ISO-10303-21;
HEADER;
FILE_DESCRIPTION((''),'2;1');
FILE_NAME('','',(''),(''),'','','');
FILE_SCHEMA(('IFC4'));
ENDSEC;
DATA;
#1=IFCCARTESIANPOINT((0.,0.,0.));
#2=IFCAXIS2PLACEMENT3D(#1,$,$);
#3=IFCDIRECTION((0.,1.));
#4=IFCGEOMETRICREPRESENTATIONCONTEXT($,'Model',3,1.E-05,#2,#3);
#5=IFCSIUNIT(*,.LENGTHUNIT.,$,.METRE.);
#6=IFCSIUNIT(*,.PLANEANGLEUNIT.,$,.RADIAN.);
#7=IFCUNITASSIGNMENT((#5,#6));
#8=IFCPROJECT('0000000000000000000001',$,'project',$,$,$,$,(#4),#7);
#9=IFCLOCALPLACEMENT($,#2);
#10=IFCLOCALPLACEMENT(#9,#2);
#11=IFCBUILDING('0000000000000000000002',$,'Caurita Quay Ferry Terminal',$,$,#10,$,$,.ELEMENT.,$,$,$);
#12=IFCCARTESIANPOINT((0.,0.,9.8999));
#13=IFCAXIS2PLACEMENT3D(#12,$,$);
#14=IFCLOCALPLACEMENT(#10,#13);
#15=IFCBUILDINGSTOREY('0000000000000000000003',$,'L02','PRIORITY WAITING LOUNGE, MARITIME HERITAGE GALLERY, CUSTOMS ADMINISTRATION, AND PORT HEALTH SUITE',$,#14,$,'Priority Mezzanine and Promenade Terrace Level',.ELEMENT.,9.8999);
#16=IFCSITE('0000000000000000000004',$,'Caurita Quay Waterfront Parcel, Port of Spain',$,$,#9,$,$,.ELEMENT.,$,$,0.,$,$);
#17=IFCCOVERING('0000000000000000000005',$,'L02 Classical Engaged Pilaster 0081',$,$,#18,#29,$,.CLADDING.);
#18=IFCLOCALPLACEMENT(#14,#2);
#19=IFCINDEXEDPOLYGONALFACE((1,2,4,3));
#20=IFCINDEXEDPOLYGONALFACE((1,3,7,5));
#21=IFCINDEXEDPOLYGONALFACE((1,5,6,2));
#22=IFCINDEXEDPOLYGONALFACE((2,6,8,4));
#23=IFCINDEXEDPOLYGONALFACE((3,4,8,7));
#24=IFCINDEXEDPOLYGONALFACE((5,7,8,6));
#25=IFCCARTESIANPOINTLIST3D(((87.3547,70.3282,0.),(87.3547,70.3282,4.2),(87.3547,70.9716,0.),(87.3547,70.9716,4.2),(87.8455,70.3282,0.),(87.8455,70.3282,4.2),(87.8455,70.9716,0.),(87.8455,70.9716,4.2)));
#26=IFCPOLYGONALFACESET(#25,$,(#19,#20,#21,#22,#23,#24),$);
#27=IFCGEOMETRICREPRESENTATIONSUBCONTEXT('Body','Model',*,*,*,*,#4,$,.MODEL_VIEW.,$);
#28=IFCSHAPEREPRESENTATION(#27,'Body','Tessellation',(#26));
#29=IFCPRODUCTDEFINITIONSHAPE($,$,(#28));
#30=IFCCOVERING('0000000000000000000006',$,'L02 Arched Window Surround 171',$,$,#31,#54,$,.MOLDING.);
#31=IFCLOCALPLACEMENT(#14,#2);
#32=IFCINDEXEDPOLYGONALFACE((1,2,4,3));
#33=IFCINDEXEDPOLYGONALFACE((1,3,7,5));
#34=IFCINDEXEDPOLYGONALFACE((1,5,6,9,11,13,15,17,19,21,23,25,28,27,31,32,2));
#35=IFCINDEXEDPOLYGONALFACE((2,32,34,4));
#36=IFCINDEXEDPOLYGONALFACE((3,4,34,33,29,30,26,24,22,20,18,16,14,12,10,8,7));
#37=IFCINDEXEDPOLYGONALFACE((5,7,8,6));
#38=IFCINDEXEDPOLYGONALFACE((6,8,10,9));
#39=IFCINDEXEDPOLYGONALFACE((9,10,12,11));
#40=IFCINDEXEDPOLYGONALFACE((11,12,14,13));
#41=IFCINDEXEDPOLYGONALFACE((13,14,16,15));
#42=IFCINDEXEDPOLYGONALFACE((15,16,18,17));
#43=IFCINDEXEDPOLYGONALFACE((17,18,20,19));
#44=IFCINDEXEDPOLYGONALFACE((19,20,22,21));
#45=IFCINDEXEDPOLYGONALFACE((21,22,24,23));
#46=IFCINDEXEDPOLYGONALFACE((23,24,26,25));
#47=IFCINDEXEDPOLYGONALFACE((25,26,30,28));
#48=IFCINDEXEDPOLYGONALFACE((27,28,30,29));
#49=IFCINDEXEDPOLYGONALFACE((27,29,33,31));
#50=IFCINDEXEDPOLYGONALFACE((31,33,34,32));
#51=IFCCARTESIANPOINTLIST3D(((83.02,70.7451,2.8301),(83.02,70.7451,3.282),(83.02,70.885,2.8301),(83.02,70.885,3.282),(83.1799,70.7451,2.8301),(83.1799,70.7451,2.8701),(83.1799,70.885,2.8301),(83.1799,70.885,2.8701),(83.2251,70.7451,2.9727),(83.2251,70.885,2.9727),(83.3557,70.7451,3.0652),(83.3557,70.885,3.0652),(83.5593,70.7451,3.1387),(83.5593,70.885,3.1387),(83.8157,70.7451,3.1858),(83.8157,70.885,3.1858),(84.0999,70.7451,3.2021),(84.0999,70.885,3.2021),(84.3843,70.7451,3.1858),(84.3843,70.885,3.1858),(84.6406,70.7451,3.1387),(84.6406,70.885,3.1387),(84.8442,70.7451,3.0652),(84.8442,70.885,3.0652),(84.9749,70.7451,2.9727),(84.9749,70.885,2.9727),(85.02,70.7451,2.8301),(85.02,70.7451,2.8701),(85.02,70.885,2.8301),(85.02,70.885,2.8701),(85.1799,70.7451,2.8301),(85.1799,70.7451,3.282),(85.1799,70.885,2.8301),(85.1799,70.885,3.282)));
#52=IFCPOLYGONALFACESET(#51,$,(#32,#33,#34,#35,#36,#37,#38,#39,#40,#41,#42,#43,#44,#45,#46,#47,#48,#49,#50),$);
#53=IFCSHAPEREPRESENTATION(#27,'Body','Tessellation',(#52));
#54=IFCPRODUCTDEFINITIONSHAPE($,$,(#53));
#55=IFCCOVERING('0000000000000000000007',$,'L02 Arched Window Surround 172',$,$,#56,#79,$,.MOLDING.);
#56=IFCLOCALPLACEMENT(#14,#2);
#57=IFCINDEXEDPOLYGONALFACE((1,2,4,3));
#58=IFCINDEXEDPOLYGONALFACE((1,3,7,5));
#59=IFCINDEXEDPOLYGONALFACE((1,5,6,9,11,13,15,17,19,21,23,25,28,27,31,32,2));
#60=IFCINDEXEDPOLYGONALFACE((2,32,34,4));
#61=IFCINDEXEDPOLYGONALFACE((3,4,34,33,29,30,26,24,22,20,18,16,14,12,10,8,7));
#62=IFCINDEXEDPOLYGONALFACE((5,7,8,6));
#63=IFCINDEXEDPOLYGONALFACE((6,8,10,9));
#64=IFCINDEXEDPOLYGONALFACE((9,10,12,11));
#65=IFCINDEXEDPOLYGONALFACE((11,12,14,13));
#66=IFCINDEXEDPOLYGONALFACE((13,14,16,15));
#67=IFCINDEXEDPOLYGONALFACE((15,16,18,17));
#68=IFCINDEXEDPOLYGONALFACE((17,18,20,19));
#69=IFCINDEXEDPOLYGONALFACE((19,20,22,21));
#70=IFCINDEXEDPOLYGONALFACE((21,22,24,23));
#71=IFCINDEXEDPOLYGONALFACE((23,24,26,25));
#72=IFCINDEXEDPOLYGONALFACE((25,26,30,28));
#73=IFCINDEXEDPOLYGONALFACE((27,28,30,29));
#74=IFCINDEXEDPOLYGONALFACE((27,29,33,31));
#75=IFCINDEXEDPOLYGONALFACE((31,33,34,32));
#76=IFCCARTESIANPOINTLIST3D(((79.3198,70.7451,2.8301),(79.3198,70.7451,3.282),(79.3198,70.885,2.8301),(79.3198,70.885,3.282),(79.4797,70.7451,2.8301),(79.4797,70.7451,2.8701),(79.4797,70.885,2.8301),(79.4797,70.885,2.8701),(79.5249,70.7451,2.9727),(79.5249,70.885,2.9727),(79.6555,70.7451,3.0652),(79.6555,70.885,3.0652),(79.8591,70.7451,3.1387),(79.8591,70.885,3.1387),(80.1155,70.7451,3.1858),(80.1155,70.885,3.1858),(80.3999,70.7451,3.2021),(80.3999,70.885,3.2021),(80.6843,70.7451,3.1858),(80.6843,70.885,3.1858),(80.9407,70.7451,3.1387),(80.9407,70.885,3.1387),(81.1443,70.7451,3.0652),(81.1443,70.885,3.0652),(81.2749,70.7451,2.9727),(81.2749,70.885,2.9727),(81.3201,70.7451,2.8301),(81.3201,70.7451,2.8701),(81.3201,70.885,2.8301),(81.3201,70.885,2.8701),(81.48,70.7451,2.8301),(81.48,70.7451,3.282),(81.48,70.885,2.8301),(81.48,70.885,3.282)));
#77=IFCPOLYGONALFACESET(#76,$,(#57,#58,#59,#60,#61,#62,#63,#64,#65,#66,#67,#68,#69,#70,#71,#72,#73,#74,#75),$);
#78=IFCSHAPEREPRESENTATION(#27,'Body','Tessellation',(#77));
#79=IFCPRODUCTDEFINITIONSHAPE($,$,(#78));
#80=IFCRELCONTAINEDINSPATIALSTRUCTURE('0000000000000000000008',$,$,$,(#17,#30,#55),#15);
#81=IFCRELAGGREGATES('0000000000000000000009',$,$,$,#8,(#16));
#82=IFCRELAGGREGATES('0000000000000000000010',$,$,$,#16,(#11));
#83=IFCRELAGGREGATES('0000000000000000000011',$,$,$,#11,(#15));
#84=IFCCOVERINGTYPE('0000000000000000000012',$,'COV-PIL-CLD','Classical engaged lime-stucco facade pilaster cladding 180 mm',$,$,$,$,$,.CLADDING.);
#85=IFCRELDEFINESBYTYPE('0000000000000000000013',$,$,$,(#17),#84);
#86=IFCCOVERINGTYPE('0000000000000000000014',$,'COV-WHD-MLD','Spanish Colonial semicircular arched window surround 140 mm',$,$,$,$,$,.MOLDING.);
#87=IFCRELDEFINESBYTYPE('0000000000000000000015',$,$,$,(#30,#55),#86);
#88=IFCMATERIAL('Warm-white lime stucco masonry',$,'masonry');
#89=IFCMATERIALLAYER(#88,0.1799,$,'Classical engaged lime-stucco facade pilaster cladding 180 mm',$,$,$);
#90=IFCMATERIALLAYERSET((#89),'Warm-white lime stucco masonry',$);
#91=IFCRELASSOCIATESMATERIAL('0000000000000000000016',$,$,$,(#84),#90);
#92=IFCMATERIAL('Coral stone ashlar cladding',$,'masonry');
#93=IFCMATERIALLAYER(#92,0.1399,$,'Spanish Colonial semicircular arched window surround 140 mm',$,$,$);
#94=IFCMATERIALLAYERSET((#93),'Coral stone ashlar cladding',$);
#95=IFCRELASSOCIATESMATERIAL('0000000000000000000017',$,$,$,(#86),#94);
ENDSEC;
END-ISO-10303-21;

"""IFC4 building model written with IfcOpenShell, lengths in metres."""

from ifc_helpers import new_model, si_unit, direction, frame, origin, origin_2d, place, context, subcontext, project, spatial, polyline, rectangle, outline, extrude, material, layer, layer_set, type_object, element, save


model = new_model("IFC4")

# Units and contexts
model_context = context("Model", 3, precision=1e-05, world=origin(), true_north=direction((0.0, 1.0)))
body_context = subcontext(model_context, "Body", "Model", "MODEL_VIEW")
ifc_project = project(units=[si_unit("LENGTHUNIT", "METRE"), si_unit("PLANEANGLEUNIT", "RADIAN")], contexts=[model_context])

# Site, building, storey
site_placement = place(None, origin())
site = spatial("IfcSite", under=ifc_project, at=site_placement, Name="Caurita Quay Waterfront Parcel, Port of Spain", CompositionType="ELEMENT", RefElevation=0.0)
building_placement = place(site_placement, origin())
building = spatial("IfcBuilding", under=site, at=building_placement, Name="Caurita Quay Ferry Terminal", CompositionType="ELEMENT")
storey_placement = place(building_placement, frame((0.0, 0.0, 9.8999)))
storey = spatial("IfcBuildingStorey", under=building, at=storey_placement, Name="L02", Description="PRIORITY WAITING LOUNGE, MARITIME HERITAGE GALLERY, CUSTOMS ADMINISTRATION, AND PORT HEALTH SUITE", LongName="Priority Mezzanine and Promenade Terrace Level", CompositionType="ELEMENT", Elevation=9.8999)

# Shared definitions
ifc_material_1 = material(Name="Warm-white lime stucco masonry", Category="masonry")

# Coverings
ifc_material_2 = material(Name="Coral stone ashlar cladding", Category="masonry")
ifc_layer_1 = layer(ifc_material_1, 0.1799, Name="Classical engaged lime-stucco facade pilaster cladding 180 mm")
ifc_layer_set_1 = layer_set([ifc_layer_1], Name="Warm-white lime stucco masonry")
covering_type_1 = type_object("IfcCoveringType", Name="COV-PIL-CLD", Description="Classical engaged lime-stucco facade pilaster cladding 180 mm", PredefinedType="CLADDING", material=ifc_layer_set_1)
covering_1_placement = place(storey_placement, frame((87.6001, 70.6499, 0.0), z_axis=(0.0, 0.0, 1.0), x_axis=(1.0, 0.0, 0.0)))
element("IfcCovering", 1, at=covering_1_placement, inside=storey, type_object=covering_type_1, Name="L02 Classical Engaged Pilaster 0081", PredefinedType="CLADDING", context=body_context, shape_type="SweptSolid", body=[
    extrude(rectangle(XDim=0.4907, YDim=0.6433, at=origin_2d()), origin(), (0.0, 0.0, 1.0), 4.2),
])
ifc_layer_2 = layer(ifc_material_2, 0.1399, Name="Spanish Colonial semicircular arched window surround 140 mm")
ifc_layer_set_2 = layer_set([ifc_layer_2], Name="Coral stone ashlar cladding")
covering_type_2 = type_object("IfcCoveringType", Name="COV-WHD-MLD", Description="Spanish Colonial semicircular arched window surround 140 mm", PredefinedType="MOLDING", material=ifc_layer_set_2)
covering_2_placement = place(storey_placement, frame((85.1799, 70.8149, 2.8301), z_axis=(0.0, 0.0, 1.0), x_axis=(-1.0, 0.0, 0.0)))
element("IfcCovering", 2, at=covering_2_placement, inside=storey, type_object=covering_type_2, Name="L02 Arched Window Surround 171", PredefinedType="MOLDING", context=body_context, shape_type="SweptSolid", body=[
    extrude(outline(polyline([(0.0, 0.0), (0.1599, 0.0), (0.1599, 0.04), (0.2051, 0.1426), (0.3357, 0.2351), (0.5393, 0.3086), (0.7957, 0.3557), (1.0801, 0.3721), (1.3643, 0.3557), (1.6206, 0.3086), (1.8242, 0.2351), (1.9548, 0.1426), (2.0, 0.04), (2.0, 0.0), (2.1599, 0.0), (2.1599, 0.4519), (0.0, 0.4519), (0.0, 0.0)])), frame((0.0, 0.0698, 0.0), z_axis=(0.0, -1.0, 0.0), x_axis=(1.0, 0.0, 0.0)), (0.0, 0.0, 1.0), 0.1399),
])
covering_3_placement = place(storey_placement, frame((81.48, 70.8149, 2.8301), z_axis=(0.0, 0.0, 1.0), x_axis=(-1.0, 0.0, 0.0)))
element("IfcCovering", 3, at=covering_3_placement, inside=storey, type_object=covering_type_2, Name="L02 Arched Window Surround 172", PredefinedType="MOLDING", context=body_context, shape_type="SweptSolid", body=[
    extrude(outline(polyline([(0.0, 0.0), (0.1599, 0.0), (0.1599, 0.04), (0.2051, 0.1426), (0.3357, 0.2351), (0.5393, 0.3086), (0.7957, 0.3557), (1.0801, 0.3721), (1.3645, 0.3557), (1.6208, 0.3086), (1.8245, 0.2351), (1.9551, 0.1426), (2.0002, 0.04), (2.0002, 0.0), (2.1602, 0.0), (2.1602, 0.4519), (0.0, 0.4519), (0.0, 0.0)])), frame((0.0, 0.0698, 0.0), z_axis=(0.0, -1.0, 0.0), x_axis=(1.0, 0.0, 0.0)), (0.0, 0.0, 1.0), 0.1399),
])

save(model, "model.ifc")
